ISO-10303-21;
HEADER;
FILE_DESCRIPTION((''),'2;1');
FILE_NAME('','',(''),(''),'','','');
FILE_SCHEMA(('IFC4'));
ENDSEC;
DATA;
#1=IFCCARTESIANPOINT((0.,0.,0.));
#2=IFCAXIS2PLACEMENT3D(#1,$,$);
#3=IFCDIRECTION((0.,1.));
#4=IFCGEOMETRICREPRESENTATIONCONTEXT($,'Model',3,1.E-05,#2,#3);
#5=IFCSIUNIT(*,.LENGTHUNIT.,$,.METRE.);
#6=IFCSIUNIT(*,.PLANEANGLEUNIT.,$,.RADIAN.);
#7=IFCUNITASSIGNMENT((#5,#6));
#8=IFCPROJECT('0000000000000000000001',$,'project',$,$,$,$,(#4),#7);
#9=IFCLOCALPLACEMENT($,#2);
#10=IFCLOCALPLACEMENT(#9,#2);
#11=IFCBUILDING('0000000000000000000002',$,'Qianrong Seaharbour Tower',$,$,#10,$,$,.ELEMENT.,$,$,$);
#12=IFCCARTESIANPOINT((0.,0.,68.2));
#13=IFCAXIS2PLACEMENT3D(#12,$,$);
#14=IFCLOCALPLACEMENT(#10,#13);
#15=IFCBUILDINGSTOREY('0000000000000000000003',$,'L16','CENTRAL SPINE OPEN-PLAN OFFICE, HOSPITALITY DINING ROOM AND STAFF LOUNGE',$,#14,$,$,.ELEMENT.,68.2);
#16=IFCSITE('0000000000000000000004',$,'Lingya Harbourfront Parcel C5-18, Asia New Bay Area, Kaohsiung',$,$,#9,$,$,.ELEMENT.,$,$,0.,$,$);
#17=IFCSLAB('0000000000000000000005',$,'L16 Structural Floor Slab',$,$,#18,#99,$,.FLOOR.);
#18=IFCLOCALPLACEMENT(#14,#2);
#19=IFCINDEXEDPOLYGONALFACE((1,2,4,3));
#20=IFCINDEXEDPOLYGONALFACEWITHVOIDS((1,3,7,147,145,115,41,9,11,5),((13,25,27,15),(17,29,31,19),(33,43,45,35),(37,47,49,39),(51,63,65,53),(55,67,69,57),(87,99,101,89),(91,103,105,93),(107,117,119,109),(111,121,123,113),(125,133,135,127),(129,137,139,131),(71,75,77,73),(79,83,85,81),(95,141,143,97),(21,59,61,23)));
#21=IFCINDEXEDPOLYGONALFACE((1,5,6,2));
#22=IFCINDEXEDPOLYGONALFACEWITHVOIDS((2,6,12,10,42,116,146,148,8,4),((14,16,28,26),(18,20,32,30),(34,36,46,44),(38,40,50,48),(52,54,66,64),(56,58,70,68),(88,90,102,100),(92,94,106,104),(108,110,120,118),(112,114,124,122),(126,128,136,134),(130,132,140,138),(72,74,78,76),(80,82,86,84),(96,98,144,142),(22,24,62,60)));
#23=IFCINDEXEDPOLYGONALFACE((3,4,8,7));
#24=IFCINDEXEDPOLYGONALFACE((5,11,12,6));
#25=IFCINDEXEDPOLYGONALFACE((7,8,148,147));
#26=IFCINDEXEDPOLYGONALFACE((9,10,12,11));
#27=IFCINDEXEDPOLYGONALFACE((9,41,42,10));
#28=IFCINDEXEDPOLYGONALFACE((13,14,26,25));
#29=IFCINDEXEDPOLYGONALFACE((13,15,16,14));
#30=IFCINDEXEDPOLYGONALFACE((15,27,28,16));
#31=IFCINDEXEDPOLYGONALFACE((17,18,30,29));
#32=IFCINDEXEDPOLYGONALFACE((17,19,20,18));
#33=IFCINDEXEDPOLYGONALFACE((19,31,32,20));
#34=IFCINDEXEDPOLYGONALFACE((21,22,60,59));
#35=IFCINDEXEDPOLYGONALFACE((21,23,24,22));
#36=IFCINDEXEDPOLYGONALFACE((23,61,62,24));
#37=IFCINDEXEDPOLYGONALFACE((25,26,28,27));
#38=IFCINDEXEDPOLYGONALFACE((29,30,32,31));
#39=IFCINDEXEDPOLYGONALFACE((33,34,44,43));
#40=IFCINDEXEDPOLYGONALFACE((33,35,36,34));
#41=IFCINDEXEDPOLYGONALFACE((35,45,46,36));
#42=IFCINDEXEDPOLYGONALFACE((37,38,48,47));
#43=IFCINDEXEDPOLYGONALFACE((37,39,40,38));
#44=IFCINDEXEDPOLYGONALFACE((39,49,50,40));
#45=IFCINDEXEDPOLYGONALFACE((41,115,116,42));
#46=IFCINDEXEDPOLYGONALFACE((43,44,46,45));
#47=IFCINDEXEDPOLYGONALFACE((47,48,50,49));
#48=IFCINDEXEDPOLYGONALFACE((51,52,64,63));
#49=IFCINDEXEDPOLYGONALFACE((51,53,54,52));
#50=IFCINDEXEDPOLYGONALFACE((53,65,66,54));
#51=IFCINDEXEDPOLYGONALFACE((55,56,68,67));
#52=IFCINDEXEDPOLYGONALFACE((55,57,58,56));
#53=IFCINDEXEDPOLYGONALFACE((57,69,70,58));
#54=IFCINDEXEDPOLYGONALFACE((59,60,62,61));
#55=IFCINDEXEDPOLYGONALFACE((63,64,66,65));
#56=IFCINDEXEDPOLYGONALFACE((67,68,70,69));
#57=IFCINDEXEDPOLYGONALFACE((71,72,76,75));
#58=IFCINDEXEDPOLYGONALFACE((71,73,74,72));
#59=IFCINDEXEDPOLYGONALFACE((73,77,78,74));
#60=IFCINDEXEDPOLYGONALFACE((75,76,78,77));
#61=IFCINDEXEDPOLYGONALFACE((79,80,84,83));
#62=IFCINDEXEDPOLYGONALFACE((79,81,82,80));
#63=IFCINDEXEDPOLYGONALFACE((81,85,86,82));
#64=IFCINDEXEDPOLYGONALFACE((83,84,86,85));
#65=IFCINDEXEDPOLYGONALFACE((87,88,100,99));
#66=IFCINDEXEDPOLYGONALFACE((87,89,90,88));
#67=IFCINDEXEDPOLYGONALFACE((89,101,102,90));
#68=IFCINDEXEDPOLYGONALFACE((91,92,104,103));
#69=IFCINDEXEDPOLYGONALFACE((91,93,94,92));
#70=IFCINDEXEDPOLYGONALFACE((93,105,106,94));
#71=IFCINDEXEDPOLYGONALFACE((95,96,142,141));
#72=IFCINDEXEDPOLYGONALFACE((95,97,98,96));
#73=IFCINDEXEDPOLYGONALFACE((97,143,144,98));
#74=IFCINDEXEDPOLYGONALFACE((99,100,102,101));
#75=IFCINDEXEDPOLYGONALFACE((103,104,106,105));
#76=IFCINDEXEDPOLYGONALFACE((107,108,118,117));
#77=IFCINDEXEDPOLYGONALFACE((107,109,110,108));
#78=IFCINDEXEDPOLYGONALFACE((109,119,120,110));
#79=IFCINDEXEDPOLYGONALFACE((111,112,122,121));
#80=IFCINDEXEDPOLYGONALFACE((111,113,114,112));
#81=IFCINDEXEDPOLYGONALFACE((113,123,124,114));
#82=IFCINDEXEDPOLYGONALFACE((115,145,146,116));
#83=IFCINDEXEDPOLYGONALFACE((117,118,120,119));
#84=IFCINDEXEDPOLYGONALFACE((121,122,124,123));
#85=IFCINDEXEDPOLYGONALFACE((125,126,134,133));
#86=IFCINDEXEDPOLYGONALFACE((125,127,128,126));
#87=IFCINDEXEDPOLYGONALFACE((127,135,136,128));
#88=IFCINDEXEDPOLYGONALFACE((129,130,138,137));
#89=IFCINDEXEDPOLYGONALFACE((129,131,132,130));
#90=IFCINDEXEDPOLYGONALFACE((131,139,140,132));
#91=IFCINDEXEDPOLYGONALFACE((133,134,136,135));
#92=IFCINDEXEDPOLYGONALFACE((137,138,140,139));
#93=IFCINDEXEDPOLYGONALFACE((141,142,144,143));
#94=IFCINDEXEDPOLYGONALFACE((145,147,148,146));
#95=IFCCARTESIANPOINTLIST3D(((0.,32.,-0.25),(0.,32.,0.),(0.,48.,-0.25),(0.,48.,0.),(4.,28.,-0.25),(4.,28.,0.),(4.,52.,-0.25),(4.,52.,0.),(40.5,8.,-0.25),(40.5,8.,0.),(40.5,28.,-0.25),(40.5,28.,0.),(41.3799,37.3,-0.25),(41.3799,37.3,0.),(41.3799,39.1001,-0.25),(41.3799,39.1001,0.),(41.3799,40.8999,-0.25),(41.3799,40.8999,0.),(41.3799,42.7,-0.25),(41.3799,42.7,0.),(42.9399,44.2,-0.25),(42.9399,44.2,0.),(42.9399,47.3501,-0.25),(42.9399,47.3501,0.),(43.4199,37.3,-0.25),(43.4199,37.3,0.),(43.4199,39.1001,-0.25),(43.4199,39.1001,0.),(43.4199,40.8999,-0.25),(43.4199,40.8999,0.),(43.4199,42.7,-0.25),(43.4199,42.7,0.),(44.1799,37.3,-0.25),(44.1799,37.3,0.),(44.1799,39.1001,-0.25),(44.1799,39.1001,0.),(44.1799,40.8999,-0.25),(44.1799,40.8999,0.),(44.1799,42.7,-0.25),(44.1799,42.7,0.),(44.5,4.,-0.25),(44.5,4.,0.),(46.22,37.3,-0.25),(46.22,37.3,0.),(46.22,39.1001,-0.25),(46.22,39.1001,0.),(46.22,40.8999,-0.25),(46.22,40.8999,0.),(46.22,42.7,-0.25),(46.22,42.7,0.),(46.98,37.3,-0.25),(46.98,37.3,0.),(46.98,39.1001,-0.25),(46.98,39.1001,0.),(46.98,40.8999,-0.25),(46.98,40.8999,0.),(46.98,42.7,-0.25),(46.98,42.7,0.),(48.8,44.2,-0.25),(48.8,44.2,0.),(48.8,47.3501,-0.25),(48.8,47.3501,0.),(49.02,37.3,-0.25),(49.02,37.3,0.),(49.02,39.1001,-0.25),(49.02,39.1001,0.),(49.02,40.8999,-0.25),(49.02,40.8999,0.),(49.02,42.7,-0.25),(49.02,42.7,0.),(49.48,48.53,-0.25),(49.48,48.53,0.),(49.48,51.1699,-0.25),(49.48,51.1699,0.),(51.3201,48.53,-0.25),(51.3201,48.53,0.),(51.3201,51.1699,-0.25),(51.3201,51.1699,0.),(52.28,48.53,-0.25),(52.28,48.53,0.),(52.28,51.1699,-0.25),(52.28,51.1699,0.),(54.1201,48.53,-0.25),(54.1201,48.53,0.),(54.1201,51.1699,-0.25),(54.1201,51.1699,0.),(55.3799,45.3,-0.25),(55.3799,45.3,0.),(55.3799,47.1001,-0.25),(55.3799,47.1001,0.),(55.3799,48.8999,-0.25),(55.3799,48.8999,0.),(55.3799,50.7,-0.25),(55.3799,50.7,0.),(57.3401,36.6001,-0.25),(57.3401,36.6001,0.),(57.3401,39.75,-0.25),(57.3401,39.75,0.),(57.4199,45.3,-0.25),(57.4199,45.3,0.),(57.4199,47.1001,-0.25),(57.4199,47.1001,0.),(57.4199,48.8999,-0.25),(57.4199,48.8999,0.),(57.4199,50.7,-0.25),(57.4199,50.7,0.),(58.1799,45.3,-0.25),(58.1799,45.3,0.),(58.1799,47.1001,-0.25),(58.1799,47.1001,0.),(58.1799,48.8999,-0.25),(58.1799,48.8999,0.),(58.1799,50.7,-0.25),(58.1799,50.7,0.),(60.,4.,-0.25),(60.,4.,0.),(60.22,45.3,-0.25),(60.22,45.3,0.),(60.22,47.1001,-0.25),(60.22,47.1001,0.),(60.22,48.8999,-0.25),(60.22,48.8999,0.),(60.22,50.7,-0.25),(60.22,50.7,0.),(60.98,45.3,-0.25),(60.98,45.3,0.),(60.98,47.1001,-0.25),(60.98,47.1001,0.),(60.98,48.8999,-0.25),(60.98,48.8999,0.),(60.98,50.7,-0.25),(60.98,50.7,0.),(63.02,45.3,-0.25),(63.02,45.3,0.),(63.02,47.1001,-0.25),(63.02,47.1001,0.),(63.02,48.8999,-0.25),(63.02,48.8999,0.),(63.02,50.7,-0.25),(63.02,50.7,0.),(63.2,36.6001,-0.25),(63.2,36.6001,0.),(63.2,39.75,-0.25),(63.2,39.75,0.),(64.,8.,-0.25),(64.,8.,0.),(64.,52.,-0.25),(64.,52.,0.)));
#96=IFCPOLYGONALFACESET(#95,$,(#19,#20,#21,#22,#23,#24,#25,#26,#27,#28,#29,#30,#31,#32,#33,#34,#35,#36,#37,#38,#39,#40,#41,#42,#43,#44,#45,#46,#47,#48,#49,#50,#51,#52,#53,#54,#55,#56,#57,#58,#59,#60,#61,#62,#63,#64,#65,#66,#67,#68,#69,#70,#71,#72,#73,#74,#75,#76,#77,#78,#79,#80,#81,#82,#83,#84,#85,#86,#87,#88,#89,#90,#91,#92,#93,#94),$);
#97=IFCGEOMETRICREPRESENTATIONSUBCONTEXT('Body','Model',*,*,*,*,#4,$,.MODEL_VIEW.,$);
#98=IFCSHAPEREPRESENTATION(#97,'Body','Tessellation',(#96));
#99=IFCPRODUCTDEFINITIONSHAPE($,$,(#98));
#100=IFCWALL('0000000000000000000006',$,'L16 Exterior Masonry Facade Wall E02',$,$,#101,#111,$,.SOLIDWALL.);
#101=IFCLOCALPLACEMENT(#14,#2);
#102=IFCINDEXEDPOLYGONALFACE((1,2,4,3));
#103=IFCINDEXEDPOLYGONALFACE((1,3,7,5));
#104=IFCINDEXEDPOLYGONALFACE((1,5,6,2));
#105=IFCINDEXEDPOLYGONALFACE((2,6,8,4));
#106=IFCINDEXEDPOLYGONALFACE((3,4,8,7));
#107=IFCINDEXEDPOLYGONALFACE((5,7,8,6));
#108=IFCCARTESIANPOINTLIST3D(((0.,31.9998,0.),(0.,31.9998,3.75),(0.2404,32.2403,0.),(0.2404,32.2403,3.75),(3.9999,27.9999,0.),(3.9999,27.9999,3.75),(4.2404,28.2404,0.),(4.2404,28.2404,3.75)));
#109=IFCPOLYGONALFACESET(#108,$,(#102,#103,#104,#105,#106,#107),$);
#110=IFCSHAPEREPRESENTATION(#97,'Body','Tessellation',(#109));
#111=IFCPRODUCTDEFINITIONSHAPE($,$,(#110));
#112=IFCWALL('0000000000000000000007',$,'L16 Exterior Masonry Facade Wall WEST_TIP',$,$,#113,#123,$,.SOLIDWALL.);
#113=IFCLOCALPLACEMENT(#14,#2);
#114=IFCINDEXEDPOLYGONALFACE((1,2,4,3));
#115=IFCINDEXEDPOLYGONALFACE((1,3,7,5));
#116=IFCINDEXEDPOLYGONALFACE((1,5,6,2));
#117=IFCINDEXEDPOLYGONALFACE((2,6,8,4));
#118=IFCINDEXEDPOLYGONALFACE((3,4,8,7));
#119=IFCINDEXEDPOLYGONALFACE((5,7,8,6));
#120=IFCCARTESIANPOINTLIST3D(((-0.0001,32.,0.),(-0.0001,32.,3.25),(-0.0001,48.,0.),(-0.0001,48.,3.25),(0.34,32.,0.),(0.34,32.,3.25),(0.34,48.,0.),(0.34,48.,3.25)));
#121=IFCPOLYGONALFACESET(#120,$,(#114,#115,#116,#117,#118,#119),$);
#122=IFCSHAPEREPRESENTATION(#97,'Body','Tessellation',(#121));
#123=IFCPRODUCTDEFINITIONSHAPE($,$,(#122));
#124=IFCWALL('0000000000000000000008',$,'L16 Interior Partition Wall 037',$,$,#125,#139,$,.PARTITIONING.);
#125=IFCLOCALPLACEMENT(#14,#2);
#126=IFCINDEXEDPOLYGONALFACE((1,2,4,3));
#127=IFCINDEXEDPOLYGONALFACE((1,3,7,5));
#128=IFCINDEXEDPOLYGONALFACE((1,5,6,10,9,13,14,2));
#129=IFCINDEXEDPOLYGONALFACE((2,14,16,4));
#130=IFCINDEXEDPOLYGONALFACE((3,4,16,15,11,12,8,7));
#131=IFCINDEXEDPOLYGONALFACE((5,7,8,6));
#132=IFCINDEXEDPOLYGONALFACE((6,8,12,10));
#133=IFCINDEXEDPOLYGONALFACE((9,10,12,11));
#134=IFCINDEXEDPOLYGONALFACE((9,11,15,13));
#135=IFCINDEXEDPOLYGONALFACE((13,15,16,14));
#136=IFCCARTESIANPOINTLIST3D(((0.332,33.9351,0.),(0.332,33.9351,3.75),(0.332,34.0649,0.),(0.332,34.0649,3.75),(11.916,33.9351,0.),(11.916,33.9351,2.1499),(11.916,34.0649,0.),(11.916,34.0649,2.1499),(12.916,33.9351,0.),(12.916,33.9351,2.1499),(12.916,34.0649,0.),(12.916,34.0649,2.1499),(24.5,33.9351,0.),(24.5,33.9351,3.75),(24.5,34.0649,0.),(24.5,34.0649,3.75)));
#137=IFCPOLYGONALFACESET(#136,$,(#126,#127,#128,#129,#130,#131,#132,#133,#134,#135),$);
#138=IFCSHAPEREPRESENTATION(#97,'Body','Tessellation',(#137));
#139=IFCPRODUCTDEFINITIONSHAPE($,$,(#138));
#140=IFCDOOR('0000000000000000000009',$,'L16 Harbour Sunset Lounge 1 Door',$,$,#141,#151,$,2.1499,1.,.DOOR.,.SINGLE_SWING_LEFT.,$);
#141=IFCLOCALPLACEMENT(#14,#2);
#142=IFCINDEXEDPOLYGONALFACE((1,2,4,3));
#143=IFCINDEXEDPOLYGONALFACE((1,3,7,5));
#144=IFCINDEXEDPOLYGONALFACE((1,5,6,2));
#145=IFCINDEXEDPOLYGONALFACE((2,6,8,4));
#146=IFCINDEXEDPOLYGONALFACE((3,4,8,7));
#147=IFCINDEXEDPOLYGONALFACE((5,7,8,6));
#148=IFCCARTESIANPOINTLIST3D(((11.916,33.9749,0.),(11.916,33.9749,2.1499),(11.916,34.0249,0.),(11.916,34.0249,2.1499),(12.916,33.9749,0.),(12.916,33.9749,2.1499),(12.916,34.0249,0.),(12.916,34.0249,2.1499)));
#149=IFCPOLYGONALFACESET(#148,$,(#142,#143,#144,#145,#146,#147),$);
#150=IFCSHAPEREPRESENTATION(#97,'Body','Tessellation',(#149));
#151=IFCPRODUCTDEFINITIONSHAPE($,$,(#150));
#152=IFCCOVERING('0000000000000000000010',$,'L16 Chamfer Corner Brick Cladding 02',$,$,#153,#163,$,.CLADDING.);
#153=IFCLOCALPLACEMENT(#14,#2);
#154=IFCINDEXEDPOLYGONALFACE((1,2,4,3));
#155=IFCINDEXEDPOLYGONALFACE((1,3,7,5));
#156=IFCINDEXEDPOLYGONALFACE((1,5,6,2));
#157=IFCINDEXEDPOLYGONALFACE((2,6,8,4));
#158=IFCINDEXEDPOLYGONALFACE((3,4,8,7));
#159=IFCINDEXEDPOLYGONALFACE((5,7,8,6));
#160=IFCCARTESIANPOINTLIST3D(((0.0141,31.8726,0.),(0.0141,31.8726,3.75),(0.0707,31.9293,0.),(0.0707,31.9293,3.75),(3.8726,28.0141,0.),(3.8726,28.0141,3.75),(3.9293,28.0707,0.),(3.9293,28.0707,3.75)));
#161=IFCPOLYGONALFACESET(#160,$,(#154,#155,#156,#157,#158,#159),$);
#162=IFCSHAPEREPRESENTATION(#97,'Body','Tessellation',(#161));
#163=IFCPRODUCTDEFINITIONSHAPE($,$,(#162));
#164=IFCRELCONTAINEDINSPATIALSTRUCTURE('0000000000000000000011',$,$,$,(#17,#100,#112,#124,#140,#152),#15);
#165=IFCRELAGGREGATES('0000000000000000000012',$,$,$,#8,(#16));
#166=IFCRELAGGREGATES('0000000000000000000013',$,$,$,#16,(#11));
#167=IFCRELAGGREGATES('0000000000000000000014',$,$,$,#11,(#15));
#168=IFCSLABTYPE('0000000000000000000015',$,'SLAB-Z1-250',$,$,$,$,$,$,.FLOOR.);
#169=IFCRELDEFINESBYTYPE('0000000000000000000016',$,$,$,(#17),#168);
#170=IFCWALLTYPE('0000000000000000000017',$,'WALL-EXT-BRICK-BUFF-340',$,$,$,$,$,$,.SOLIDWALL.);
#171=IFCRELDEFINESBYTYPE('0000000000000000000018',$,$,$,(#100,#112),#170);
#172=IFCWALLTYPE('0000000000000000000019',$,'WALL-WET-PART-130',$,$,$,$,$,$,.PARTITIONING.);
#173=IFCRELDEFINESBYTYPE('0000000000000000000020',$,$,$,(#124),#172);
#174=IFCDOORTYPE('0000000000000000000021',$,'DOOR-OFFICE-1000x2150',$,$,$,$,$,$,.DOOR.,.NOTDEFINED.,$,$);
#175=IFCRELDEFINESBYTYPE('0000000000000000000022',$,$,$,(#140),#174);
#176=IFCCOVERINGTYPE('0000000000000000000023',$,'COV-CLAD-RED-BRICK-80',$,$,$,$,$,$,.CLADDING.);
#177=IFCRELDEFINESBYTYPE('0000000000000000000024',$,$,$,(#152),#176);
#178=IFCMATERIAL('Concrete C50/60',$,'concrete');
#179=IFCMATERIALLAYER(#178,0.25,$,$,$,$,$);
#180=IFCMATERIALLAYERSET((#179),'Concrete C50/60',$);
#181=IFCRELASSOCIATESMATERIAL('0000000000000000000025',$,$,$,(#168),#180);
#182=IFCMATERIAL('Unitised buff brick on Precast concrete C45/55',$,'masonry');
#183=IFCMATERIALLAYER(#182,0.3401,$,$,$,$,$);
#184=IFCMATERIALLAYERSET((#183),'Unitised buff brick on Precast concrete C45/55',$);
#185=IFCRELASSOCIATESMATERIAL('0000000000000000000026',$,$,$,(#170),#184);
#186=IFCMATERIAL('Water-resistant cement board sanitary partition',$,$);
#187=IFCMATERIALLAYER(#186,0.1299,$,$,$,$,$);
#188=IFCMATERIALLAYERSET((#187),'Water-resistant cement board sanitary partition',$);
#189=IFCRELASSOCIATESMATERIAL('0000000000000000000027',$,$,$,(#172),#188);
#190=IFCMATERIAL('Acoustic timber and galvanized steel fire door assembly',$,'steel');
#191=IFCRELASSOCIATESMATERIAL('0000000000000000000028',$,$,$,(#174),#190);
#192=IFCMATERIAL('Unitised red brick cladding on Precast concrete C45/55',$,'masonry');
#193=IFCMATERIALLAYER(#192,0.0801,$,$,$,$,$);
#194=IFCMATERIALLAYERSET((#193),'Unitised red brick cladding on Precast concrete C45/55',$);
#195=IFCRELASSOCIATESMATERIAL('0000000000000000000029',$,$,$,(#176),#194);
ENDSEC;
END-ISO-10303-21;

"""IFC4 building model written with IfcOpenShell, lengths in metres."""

from ifc_helpers import new_model, si_unit, direction, frame, frame_2d, origin, origin_2d, place, context, subcontext, project, spatial, polyline, rectangle, outline, extrude, material, layer, layer_set, type_object, element, fill, save


model = new_model("IFC4")

# Units and contexts
model_context = context("Model", 3, precision=1e-05, world=origin(), true_north=direction((0.0, 1.0)))
body_context = subcontext(model_context, "Body", "Model", "MODEL_VIEW")
ifc_project = project(units=[si_unit("LENGTHUNIT", "METRE"), si_unit("PLANEANGLEUNIT", "RADIAN")], contexts=[model_context])

# Site, building, storey
site_placement = place(None, origin())
site = spatial("IfcSite", under=ifc_project, at=site_placement, Name="Lingya Harbourfront Parcel C5-18, Asia New Bay Area, Kaohsiung", CompositionType="ELEMENT", RefElevation=0.0)
building_placement = place(site_placement, origin())
building = spatial("IfcBuilding", under=site, at=building_placement, Name="Qianrong Seaharbour Tower", CompositionType="ELEMENT")
storey_placement = place(building_placement, frame((0.0, 0.0, 68.2)))
storey = spatial("IfcBuildingStorey", under=building, at=storey_placement, Name="L16", Description="CENTRAL SPINE OPEN-PLAN OFFICE, HOSPITALITY DINING ROOM AND STAFF LOUNGE", CompositionType="ELEMENT", Elevation=68.2)

# Shared definitions
ifc_material_1 = material(Name="Concrete C50/60", Category="concrete")

# Slab
ifc_layer_1 = layer(ifc_material_1, 0.25)
ifc_layer_set_1 = layer_set([ifc_layer_1], Name="Concrete C50/60")
slab_type_1 = type_object("IfcSlabType", Name="SLAB-Z1-250", PredefinedType="FLOOR", material=ifc_layer_set_1)
slab_1_placement = place(storey_placement, frame((0.0, 0.0, -0.25)))
element("IfcSlab", 1, at=slab_1_placement, inside=storey, type_object=slab_type_1, Name="L16 Structural Floor Slab", PredefinedType="FLOOR", context=body_context, shape_type="SweptSolid", body=[
    extrude(outline(polyline([(44.5, 4.0), (60.0, 4.0), (64.0, 8.0), (64.0, 52.0), (4.0, 52.0), (0.0, 48.0), (0.0, 32.0), (4.0, 28.0), (40.5, 28.0), (40.5, 8.0), (44.5, 4.0)]), holes=[polyline([(42.9399, 44.2), (42.9399, 47.3501), (48.8, 47.3501), (48.8, 44.2), (42.9399, 44.2)]), polyline([(57.3401, 36.6001), (57.3401, 39.75), (63.2, 39.75), (63.2, 36.6001), (57.3401, 36.6001)]), polyline([(49.48, 48.53), (49.48, 51.1699), (51.3201, 51.1699), (51.3201, 48.53), (49.48, 48.53)]), polyline([(52.28, 48.53), (52.28, 51.1699), (54.1201, 51.1699), (54.1201, 48.53), (52.28, 48.53)]), polyline([(41.3799, 37.3), (41.3799, 39.1001), (43.4199, 39.1001), (43.4199, 37.3), (41.3799, 37.3)]), polyline([(44.1799, 37.3), (44.1799, 39.1001), (46.22, 39.1001), (46.22, 37.3), (44.1799, 37.3)]), polyline([(46.98, 37.3), (46.98, 39.1001), (49.02, 39.1001), (49.02, 37.3), (46.98, 37.3)]), polyline([(41.3799, 40.8999), (41.3799, 42.7), (43.4199, 42.7), (43.4199, 40.8999), (41.3799, 40.8999)]), polyline([(44.1799, 40.8999), (44.1799, 42.7), (46.22, 42.7), (46.22, 40.8999), (44.1799, 40.8999)]), polyline([(46.98, 40.8999), (46.98, 42.7), (49.02, 42.7), (49.02, 40.8999), (46.98, 40.8999)]), polyline([(55.3799, 45.3), (55.3799, 47.1001), (57.4199, 47.1001), (57.4199, 45.3), (55.3799, 45.3)]), polyline([(58.1799, 45.3), (58.1799, 47.1001), (60.22, 47.1001), (60.22, 45.3), (58.1799, 45.3)]), polyline([(60.98, 45.3), (60.98, 47.1001), (63.02, 47.1001), (63.02, 45.3), (60.98, 45.3)]), polyline([(55.3799, 48.8999), (55.3799, 50.7), (57.4199, 50.7), (57.4199, 48.8999), (55.3799, 48.8999)]), polyline([(58.1799, 48.8999), (58.1799, 50.7), (60.22, 50.7), (60.22, 48.8999), (58.1799, 48.8999)]), polyline([(60.98, 48.8999), (60.98, 50.7), (63.02, 50.7), (63.02, 48.8999), (60.98, 48.8999)])]), origin(), (0.0, 0.0, 1.0), 0.25),
])

# Walls
ifc_material_2 = material(Name="Unitised buff brick on Precast concrete C45/55", Category="masonry")
ifc_layer_2 = layer(ifc_material_2, 0.3401)
ifc_layer_set_2 = layer_set([ifc_layer_2], Name="Unitised buff brick on Precast concrete C45/55")
wall_type_1 = type_object("IfcWallType", Name="WALL-EXT-BRICK-BUFF-340", PredefinedType="SOLIDWALL", material=ifc_layer_set_2)
wall_1_placement = place(storey_placement, frame((4.1201, 28.1201, 0.0), z_axis=(0.0, 0.0, 1.0), x_axis=(-0.707107, 0.707107, 0.0)))
element("IfcWall", 2, at=wall_1_placement, inside=storey, type_object=wall_type_1, Name="L16 Exterior Masonry Facade Wall E02", PredefinedType="SOLIDWALL", context=body_context, shape_type="SweptSolid", body=[
    extrude(rectangle(XDim=5.6567, YDim=0.3401, at=frame_2d((2.8284, 0.0))), origin(), (0.0, 0.0, 1.0), 3.75),
])
wall_2_placement = place(storey_placement, frame((0.1699, 32.0, 0.0), z_axis=(0.0, 0.0, 1.0), x_axis=(0.0, 1.0, 0.0)))
element("IfcWall", 3, at=wall_2_placement, inside=storey, type_object=wall_type_1, Name="L16 Exterior Masonry Facade Wall WEST_TIP", PredefinedType="SOLIDWALL", context=body_context, shape_type="SweptSolid", body=[
    extrude(rectangle(XDim=16.0, YDim=0.3401, at=frame_2d((8.0, 0.0))), origin(), (0.0, 0.0, 1.0), 3.25),
])

# Wall, opening, door
ifc_material_3 = material(Name="Water-resistant cement board sanitary partition")
ifc_layer_3 = layer(ifc_material_3, 0.1299)
ifc_layer_set_3 = layer_set([ifc_layer_3], Name="Water-resistant cement board sanitary partition")
wall_type_2 = type_object("IfcWallType", Name="WALL-WET-PART-130", PredefinedType="PARTITIONING", material=ifc_layer_set_3)
wall_3_placement = place(storey_placement, frame((0.332, 34.0, 0.0), z_axis=(0.0, 0.0, 1.0), x_axis=(1.0, 0.0, 0.0)))
wall_3 = element("IfcWall", 4, at=wall_3_placement, inside=storey, type_object=wall_type_2, Name="L16 Interior Partition Wall 037", PredefinedType="PARTITIONING", context=body_context, shape_type="SweptSolid", body=[
    extrude(rectangle(XDim=24.168, YDim=0.1299, at=frame_2d((12.084, 0.0))), origin(), (0.0, 0.0, 1.0), 3.75),
])
opening_placement = place(wall_3_placement, frame((11.584, 0.0, 0.0)))
opening = element("IfcOpeningElement", 5, at=opening_placement, cuts=wall_3, PredefinedType="OPENING", context=body_context, shape_type="SweptSolid", body=[
    extrude(rectangle(XDim=1.0, YDim=2.1499, at=frame_2d((0.5, 1.075))), frame((0.0, 0.075, 0.0), z_axis=(0.0, -1.0, 0.0), x_axis=(1.0, 0.0, 0.0)), (0.0, 0.0, 1.0), 0.1499),
])
ifc_material_4 = material(Name="Acoustic timber and galvanized steel fire door assembly", Category="steel")
door_type = type_object("IfcDoorType", Name="DOOR-OFFICE-1000x2150", OperationType="NOTDEFINED", PredefinedType="DOOR", material=ifc_material_4)
door_placement = place(opening_placement, origin())
door = element("IfcDoor", 6, at=door_placement, inside=storey, type_object=door_type, Name="L16 Harbour Sunset Lounge 1 Door", OperationType="SINGLE_SWING_LEFT", OverallHeight=2.1499, OverallWidth=1.0, PredefinedType="DOOR", context=body_context, shape_type="SweptSolid", body=[
    extrude(rectangle(XDim=1.0, YDim=2.1499, at=frame_2d((0.5, 1.075))), frame((0.0, 0.0249, 0.0), z_axis=(0.0, -1.0, 0.0), x_axis=(1.0, 0.0, 0.0)), (0.0, 0.0, 1.0), 0.05),
])
fill(opening, door)

# Covering
ifc_material_5 = material(Name="Unitised red brick cladding on Precast concrete C45/55", Category="masonry")
ifc_layer_4 = layer(ifc_material_5, 0.0801)
ifc_layer_set_4 = layer_set([ifc_layer_4], Name="Unitised red brick cladding on Precast concrete C45/55")
covering_type_1 = type_object("IfcCoveringType", Name="COV-CLAD-RED-BRICK-80", PredefinedType="CLADDING", material=ifc_layer_set_4)
covering_1_placement = place(storey_placement, frame((1.9717, 29.9717, 0.0), z_axis=(0.0, 0.0, 1.0), x_axis=(-0.707107, 0.707107, 0.0)))
element("IfcCovering", 7, at=covering_1_placement, inside=storey, type_object=covering_type_1, Name="L16 Chamfer Corner Brick Cladding 02", PredefinedType="CLADDING", context=body_context, shape_type="SweptSolid", body=[
    extrude(rectangle(XDim=5.4568, YDim=0.0801, at=origin_2d()), origin(), (0.0, 0.0, 1.0), 3.75),
])

save(model, "model.ifc")
